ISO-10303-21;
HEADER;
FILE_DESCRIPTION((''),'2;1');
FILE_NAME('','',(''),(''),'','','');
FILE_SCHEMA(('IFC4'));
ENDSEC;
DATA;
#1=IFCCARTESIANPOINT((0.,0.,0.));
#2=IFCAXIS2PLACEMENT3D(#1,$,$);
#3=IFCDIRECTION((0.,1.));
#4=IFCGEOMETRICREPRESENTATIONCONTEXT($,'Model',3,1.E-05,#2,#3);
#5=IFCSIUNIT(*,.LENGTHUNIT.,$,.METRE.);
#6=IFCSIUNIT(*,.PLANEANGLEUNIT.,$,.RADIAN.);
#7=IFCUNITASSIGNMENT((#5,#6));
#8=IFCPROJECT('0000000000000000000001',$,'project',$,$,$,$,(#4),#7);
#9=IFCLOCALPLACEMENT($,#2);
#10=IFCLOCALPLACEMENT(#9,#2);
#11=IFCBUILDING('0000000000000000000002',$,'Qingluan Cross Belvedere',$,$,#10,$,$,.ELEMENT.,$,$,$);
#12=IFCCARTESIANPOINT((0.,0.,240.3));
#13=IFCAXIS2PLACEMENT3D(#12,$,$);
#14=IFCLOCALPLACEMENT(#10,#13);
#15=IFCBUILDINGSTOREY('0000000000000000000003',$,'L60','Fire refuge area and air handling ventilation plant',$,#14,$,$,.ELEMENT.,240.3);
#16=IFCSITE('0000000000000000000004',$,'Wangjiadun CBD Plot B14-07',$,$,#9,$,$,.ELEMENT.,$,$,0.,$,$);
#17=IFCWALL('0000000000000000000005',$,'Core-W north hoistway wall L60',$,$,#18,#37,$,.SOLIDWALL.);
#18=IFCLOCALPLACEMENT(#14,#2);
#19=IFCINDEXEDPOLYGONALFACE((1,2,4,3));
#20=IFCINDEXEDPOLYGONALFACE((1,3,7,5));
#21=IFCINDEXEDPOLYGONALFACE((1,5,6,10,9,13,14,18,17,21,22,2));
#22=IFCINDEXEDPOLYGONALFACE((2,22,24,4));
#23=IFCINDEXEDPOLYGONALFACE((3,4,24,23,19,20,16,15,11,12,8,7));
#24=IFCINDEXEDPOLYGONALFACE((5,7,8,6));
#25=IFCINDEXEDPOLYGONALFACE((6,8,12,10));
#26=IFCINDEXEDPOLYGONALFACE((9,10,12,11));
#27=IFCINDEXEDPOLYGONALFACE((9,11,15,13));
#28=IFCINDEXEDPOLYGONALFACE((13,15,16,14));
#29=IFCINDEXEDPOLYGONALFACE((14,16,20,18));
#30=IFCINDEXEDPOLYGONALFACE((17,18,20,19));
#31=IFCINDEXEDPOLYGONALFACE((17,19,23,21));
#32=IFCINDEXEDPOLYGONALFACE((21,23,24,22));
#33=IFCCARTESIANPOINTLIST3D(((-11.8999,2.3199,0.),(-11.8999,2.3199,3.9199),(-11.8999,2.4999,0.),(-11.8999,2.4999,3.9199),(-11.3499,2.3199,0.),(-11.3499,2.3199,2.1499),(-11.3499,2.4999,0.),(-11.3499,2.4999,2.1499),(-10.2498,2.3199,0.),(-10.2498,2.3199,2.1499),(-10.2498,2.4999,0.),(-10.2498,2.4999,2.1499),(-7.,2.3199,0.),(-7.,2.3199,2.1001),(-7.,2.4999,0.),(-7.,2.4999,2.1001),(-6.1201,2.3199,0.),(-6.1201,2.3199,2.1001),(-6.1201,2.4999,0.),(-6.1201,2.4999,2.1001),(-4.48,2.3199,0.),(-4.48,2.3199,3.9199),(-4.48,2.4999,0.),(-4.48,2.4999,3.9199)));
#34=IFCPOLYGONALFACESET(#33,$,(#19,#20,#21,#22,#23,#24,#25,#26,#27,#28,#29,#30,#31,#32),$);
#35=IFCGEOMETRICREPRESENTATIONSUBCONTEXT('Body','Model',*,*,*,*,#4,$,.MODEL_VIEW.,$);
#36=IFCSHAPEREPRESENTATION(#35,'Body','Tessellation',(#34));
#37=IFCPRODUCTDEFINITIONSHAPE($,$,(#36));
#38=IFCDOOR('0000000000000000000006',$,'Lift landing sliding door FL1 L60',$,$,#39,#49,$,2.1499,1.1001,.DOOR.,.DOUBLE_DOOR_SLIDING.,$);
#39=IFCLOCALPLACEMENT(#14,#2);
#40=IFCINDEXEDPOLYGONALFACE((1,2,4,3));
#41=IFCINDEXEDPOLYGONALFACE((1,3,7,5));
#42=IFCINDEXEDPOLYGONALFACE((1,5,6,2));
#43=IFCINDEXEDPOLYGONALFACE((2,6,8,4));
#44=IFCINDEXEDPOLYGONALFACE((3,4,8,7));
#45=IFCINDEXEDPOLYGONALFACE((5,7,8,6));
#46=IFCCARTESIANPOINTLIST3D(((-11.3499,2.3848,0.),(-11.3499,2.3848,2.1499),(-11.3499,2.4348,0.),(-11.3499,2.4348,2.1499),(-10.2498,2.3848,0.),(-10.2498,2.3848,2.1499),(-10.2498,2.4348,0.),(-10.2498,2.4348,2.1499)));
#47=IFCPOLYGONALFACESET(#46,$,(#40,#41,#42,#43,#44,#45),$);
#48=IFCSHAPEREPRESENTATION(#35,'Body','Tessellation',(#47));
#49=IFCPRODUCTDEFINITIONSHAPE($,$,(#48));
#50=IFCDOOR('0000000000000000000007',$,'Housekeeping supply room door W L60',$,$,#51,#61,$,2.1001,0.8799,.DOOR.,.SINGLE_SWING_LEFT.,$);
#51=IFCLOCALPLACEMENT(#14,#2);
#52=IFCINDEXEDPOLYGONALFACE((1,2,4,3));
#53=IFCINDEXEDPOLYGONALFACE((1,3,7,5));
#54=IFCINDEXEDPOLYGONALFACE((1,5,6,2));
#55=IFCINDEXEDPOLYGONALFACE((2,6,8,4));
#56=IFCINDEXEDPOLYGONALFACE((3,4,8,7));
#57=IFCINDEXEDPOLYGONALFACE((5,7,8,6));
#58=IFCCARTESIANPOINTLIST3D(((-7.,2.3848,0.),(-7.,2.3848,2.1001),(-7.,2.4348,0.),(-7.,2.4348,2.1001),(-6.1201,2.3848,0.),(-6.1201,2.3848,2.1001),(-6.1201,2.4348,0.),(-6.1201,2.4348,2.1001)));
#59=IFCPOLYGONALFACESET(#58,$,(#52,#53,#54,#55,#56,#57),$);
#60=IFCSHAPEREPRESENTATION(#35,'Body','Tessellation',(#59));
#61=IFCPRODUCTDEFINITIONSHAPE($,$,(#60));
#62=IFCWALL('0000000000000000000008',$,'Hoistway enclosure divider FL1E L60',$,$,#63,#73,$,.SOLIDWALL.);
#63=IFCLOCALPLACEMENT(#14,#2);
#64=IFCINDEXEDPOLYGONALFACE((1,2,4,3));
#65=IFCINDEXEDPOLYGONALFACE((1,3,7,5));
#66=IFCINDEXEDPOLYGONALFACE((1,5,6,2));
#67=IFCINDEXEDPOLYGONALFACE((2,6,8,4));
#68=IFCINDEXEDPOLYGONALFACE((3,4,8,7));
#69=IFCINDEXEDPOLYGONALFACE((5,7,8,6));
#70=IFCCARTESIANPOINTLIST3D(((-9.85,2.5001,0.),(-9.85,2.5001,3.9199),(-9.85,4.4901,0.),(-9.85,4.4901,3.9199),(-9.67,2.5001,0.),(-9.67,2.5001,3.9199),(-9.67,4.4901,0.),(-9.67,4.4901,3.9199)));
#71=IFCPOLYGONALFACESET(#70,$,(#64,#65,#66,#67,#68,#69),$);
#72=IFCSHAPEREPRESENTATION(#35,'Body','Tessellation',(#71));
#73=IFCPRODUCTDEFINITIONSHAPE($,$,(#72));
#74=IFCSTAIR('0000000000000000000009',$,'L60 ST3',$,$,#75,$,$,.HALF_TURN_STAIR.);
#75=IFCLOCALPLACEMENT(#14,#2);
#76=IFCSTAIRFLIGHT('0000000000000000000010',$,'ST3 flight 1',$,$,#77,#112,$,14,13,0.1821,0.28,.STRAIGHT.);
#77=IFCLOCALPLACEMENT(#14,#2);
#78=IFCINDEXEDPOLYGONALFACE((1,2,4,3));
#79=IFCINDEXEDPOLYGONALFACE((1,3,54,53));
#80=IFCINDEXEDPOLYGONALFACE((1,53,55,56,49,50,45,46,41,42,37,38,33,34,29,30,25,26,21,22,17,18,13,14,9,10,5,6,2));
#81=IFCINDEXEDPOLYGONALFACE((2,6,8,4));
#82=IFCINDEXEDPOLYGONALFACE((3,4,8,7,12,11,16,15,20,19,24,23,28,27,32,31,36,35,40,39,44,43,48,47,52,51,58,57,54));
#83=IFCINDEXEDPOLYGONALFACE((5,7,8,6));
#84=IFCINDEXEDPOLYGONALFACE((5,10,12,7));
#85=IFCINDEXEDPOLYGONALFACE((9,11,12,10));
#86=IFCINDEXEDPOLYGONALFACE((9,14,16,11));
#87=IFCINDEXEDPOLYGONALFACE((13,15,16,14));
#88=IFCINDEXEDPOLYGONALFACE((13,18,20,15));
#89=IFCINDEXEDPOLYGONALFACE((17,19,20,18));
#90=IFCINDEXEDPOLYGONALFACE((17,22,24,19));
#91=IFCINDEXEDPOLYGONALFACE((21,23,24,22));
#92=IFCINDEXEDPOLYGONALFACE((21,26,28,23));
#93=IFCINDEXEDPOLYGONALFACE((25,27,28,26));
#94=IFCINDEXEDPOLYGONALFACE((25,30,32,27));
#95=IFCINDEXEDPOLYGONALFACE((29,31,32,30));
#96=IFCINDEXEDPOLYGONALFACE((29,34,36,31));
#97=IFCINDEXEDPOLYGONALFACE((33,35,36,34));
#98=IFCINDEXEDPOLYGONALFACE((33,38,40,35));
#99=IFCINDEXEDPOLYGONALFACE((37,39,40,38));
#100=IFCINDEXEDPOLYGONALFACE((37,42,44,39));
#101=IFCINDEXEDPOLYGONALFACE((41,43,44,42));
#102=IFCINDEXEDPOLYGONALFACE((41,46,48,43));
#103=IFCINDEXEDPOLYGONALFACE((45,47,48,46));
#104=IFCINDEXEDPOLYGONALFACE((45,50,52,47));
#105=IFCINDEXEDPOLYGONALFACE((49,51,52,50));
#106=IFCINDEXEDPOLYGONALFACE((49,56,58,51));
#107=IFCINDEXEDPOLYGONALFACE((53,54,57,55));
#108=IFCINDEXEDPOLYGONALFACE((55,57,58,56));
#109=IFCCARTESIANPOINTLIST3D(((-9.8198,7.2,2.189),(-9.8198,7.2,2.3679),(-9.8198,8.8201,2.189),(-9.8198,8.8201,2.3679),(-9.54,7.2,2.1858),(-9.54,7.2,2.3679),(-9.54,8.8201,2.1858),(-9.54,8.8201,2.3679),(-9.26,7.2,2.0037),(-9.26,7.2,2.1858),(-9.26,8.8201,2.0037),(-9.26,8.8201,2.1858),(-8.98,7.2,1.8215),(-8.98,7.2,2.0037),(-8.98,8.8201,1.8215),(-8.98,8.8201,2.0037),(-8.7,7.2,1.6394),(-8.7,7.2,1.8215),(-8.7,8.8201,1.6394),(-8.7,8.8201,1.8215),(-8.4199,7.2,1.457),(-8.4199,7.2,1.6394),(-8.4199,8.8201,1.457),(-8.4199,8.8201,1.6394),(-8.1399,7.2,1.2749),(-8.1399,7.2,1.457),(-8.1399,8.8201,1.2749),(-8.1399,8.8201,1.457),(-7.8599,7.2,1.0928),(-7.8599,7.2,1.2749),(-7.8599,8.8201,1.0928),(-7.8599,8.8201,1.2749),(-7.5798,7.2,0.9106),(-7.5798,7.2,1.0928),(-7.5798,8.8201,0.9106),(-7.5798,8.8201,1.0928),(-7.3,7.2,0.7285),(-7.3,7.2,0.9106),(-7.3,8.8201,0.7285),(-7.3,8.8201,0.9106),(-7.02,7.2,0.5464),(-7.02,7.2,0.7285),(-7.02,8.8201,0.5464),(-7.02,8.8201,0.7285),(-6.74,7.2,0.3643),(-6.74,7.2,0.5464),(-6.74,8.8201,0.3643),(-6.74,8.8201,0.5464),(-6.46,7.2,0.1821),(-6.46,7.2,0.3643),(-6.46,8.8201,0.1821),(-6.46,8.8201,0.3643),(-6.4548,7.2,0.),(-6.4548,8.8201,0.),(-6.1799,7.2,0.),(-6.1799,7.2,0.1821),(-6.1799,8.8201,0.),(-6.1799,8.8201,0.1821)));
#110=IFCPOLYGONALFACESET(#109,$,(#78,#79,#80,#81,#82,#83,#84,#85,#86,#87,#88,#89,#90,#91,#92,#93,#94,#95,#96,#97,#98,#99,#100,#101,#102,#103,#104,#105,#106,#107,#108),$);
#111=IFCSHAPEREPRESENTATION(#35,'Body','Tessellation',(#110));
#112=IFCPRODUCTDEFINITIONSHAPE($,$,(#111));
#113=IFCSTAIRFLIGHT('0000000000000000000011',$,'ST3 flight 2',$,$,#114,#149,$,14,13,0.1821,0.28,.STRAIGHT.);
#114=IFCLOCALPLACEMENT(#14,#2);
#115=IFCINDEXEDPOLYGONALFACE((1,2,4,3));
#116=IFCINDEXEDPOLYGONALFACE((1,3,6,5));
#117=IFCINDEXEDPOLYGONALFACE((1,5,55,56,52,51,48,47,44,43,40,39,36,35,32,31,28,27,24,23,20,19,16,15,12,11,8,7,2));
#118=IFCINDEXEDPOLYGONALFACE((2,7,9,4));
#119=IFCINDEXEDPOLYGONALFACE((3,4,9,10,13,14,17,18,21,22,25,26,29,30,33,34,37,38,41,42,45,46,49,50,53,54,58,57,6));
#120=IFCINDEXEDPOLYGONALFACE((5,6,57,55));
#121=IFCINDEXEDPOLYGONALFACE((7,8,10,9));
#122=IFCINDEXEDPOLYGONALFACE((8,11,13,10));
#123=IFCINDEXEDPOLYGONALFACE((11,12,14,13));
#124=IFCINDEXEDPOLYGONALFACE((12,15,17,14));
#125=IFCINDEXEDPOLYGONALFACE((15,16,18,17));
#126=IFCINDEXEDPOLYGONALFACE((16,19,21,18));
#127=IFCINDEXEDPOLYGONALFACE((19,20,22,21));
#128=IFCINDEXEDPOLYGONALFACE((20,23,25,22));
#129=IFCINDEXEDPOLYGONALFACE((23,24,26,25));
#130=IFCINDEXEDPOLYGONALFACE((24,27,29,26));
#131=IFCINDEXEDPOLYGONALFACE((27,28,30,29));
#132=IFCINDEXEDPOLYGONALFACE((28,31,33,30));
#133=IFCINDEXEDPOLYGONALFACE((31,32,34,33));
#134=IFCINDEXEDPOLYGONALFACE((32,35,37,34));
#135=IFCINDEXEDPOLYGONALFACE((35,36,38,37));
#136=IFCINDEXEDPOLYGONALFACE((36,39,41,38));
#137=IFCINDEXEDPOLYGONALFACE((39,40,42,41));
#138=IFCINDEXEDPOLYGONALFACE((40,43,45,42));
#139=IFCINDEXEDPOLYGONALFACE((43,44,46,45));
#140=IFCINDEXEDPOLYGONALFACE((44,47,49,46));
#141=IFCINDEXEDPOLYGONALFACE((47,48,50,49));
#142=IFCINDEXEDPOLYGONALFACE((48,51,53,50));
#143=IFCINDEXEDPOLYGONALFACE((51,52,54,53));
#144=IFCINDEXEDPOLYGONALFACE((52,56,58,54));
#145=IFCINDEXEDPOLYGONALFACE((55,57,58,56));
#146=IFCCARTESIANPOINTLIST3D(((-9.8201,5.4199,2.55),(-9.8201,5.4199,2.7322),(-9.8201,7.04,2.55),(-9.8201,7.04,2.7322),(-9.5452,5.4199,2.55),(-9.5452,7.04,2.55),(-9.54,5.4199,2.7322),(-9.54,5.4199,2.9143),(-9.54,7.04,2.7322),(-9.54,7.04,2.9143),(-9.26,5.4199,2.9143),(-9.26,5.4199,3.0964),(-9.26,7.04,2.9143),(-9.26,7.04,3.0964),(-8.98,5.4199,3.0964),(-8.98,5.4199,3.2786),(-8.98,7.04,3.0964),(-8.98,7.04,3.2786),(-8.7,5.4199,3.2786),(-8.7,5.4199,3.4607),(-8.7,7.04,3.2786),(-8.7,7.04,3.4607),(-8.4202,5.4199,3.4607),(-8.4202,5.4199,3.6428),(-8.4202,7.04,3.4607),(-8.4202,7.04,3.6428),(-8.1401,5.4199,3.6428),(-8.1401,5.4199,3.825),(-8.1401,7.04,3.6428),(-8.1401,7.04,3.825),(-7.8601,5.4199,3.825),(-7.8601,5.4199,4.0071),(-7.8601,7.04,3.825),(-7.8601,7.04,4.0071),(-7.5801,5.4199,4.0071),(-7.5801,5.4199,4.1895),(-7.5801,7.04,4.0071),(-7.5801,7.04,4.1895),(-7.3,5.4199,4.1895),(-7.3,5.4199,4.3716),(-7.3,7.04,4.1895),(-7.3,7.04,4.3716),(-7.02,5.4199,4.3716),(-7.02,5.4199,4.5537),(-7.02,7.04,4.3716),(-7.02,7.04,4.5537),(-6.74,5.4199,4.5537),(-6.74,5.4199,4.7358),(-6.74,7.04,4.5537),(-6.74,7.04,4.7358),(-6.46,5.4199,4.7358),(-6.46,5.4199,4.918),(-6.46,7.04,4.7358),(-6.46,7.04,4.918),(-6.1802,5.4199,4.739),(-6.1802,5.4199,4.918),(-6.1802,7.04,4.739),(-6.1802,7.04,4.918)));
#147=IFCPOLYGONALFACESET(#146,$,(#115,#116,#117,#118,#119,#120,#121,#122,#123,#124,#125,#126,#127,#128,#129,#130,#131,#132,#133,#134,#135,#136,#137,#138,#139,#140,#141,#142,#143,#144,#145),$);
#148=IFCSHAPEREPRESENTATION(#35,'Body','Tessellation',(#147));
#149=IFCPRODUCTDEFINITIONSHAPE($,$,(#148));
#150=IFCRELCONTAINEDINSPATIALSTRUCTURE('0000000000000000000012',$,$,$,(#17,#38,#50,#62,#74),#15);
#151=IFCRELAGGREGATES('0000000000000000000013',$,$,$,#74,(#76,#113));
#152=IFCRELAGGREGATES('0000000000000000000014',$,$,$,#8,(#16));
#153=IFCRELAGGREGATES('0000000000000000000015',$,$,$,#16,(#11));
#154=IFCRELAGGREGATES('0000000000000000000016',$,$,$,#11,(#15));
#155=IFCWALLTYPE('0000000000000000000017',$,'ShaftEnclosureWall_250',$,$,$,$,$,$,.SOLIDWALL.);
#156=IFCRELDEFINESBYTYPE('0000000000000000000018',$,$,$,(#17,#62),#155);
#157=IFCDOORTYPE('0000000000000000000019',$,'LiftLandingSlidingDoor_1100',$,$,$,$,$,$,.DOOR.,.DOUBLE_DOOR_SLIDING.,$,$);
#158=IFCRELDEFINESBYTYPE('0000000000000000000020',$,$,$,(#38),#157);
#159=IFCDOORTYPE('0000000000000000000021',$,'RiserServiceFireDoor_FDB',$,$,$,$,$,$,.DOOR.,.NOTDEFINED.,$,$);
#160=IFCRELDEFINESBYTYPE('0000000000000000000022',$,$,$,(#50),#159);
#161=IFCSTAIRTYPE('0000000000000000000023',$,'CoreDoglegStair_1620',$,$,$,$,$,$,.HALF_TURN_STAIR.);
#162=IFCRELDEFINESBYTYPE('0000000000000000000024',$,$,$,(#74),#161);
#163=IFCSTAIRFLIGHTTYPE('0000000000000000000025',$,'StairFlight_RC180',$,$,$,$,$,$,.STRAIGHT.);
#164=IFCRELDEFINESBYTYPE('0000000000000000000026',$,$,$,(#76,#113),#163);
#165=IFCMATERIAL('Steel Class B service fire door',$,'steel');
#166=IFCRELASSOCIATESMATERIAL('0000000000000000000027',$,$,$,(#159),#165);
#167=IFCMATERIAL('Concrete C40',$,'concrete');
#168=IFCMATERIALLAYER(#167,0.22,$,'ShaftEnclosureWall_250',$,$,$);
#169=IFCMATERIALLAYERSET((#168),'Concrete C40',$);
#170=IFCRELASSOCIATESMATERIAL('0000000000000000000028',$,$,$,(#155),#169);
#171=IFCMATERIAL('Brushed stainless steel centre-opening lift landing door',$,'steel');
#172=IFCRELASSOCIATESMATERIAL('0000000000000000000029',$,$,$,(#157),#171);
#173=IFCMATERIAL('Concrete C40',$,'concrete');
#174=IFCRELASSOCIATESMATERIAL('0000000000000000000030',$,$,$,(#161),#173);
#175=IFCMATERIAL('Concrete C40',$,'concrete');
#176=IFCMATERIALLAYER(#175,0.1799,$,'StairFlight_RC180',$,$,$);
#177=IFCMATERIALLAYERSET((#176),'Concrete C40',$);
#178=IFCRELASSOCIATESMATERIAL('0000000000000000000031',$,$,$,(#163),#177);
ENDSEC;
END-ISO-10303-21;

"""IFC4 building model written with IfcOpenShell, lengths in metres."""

from ifc_helpers import new_model, si_unit, direction, frame, frame_2d, origin, place, context, subcontext, project, spatial, polyline, rectangle, outline, extrude, material, layer, layer_set, type_object, element, fill, aggregate, save


model = new_model("IFC4")

# Units and contexts
model_context = context("Model", 3, precision=1e-05, world=origin(), true_north=direction((0.0, 1.0)))
body_context = subcontext(model_context, "Body", "Model", "MODEL_VIEW")
ifc_project = project(units=[si_unit("LENGTHUNIT", "METRE"), si_unit("PLANEANGLEUNIT", "RADIAN")], contexts=[model_context])

# Site, building, storey
site_placement = place(None, origin())
site = spatial("IfcSite", under=ifc_project, at=site_placement, Name="Wangjiadun CBD Plot B14-07", CompositionType="ELEMENT", RefElevation=0.0)
building_placement = place(site_placement, origin())
building = spatial("IfcBuilding", under=site, at=building_placement, Name="Qingluan Cross Belvedere", CompositionType="ELEMENT")
storey_placement = place(building_placement, frame((0.0, 0.0, 240.3)))
storey = spatial("IfcBuildingStorey", under=building, at=storey_placement, Name="L60", Description="Fire refuge area and air handling ventilation plant", CompositionType="ELEMENT", Elevation=240.3)

# Shared definitions
ifc_material_1 = material(Name="Steel Class B service fire door", Category="steel")
door_type_1 = type_object("IfcDoorType", Name="RiserServiceFireDoor_FDB", OperationType="NOTDEFINED", PredefinedType="DOOR", material=ifc_material_1)

# Wall, openings, doors
ifc_material_2 = material(Name="Concrete C40", Category="concrete")
ifc_layer_1 = layer(ifc_material_2, 0.22, Name="ShaftEnclosureWall_250")
ifc_layer_set_1 = layer_set([ifc_layer_1], Name="Concrete C40")
wall_type_1 = type_object("IfcWallType", Name="ShaftEnclosureWall_250", PredefinedType="SOLIDWALL", material=ifc_layer_set_1)
wall_1_placement = place(storey_placement, frame((-11.8999, 2.4099, 0.0), z_axis=(0.0, 0.0, 1.0), x_axis=(1.0, 0.0, 0.0)))
wall_1 = element("IfcWall", 1, at=wall_1_placement, inside=storey, type_object=wall_type_1, Name="Core-W north hoistway wall L60", PredefinedType="SOLIDWALL", context=body_context, shape_type="SweptSolid", body=[
    extrude(rectangle(XDim=7.4199, YDim=0.1799, at=frame_2d((3.71, 0.0))), origin(), (0.0, 0.0, 1.0), 3.9199),
])
opening_1_placement = place(wall_1_placement, frame((0.55, 0.0, 0.0)))
opening_1 = element("IfcOpeningElement", 2, at=opening_1_placement, cuts=wall_1, PredefinedType="OPENING", context=body_context, shape_type="SweptSolid", body=[
    extrude(rectangle(XDim=1.1001, YDim=2.1499, at=frame_2d((0.55, 1.075))), frame((0.0, 0.0999, 0.0), z_axis=(0.0, -1.0, 0.0), x_axis=(1.0, 0.0, 0.0)), (0.0, 0.0, 1.0), 0.2),
])
opening_2_placement = place(wall_1_placement, frame((4.8999, 0.0, 0.0)))
opening_2 = element("IfcOpeningElement", 3, at=opening_2_placement, cuts=wall_1, PredefinedType="OPENING", context=body_context, shape_type="SweptSolid", body=[
    extrude(rectangle(XDim=0.8799, YDim=2.1001, at=frame_2d((0.4399, 1.05))), frame((0.0, 0.0999, 0.0), z_axis=(0.0, -1.0, 0.0), x_axis=(1.0, 0.0, 0.0)), (0.0, 0.0, 1.0), 0.2),
])
ifc_material_3 = material(Name="Brushed stainless steel centre-opening lift landing door", Category="steel")
door_type_2 = type_object("IfcDoorType", Name="LiftLandingSlidingDoor_1100", OperationType="DOUBLE_DOOR_SLIDING", PredefinedType="DOOR", material=ifc_material_3)
door_1_placement = place(opening_1_placement, origin())
door_1 = element("IfcDoor", 4, at=door_1_placement, inside=storey, type_object=door_type_2, Name="Lift landing sliding door FL1 L60", OperationType="DOUBLE_DOOR_SLIDING", OverallHeight=2.1499, OverallWidth=1.1001, PredefinedType="DOOR", context=body_context, shape_type="SweptSolid", body=[
    extrude(rectangle(XDim=1.1001, YDim=2.1499, at=frame_2d((0.55, 1.075))), frame((0.0, 0.0249, 0.0), z_axis=(0.0, -1.0, 0.0), x_axis=(1.0, 0.0, 0.0)), (0.0, 0.0, 1.0), 0.05),
])
fill(opening_1, door_1)
door_2_placement = place(opening_2_placement, origin())
door_2 = element("IfcDoor", 5, at=door_2_placement, inside=storey, type_object=door_type_1, Name="Housekeeping supply room door W L60", OperationType="SINGLE_SWING_LEFT", OverallHeight=2.1001, OverallWidth=0.8799, PredefinedType="DOOR", context=body_context, shape_type="SweptSolid", body=[
    extrude(rectangle(XDim=0.8799, YDim=2.1001, at=frame_2d((0.4399, 1.05))), frame((0.0, 0.0249, 0.0), z_axis=(0.0, -1.0, 0.0), x_axis=(1.0, 0.0, 0.0)), (0.0, 0.0, 1.0), 0.05),
])
fill(opening_2, door_2)

# Wall
wall_2_placement = place(storey_placement, frame((-9.76, 2.5, 0.0), z_axis=(0.0, 0.0, 1.0), x_axis=(0.0, 1.0, 0.0)))
element("IfcWall", 6, at=wall_2_placement, inside=storey, type_object=wall_type_1, Name="Hoistway enclosure divider FL1E L60", PredefinedType="SOLIDWALL", context=body_context, shape_type="SweptSolid", body=[
    extrude(rectangle(XDim=1.99, YDim=0.1799, at=frame_2d((0.9951, 0.0))), origin(), (0.0, 0.0, 1.0), 3.9199),
])

# Stair, stair flights
ifc_material_4 = material(Name="Concrete C40", Category="concrete")
stair_type = type_object("IfcStairType", Name="CoreDoglegStair_1620", PredefinedType="HALF_TURN_STAIR", material=ifc_material_4)
stair_placement = place(storey_placement, origin())
stair = element("IfcStair", 7, at=stair_placement, inside=storey, type_object=stair_type, Name="L60 ST3", PredefinedType="HALF_TURN_STAIR")
ifc_material_5 = material(Name="Concrete C40", Category="concrete")
ifc_layer_2 = layer(ifc_material_5, 0.1799, Name="StairFlight_RC180")
ifc_layer_set_2 = layer_set([ifc_layer_2], Name="Concrete C40")
stair_flight_type = type_object("IfcStairFlightType", Name="StairFlight_RC180", PredefinedType="STRAIGHT", material=ifc_layer_set_2)
stair_flight_1_placement = place(storey_placement, frame((-6.1799, 8.01, 0.0), z_axis=(0.0, 0.0, 1.0), x_axis=(-1.0, 0.0, 0.0)))
stair_flight_1 = element("IfcStairFlight", 8, at=stair_flight_1_placement, type_object=stair_flight_type, Name="ST3 flight 1", NumberOfRisers=14, NumberOfTreads=13, PredefinedType="STRAIGHT", RiserHeight=0.1821, TreadLength=0.28, context=body_context, shape_type="SweptSolid", body=[
    extrude(outline(polyline([(0.0, 0.0), (0.0, 0.1821), (0.28, 0.1821), (0.28, 0.3643), (0.5601, 0.3643), (0.5601, 0.5464), (0.8401, 0.5464), (0.8401, 0.7285), (1.1201, 0.7285), (1.1201, 0.9106), (1.3999, 0.9106), (1.3999, 1.0928), (1.6799, 1.0928), (1.6799, 1.2749), (1.96, 1.2749), (1.96, 1.457), (2.24, 1.457), (2.24, 1.6394), (2.52, 1.6394), (2.52, 1.8215), (2.8, 1.8215), (2.8, 2.0037), (3.0801, 2.0037), (3.0801, 2.1858), (3.3601, 2.1858), (3.3601, 2.3679), (3.6399, 2.3679), (3.6399, 2.55), (3.6399, 2.189), (0.2749, 0.0), (0.0, 0.0)])), frame((0.0, 0.8101, 0.0), z_axis=(0.0, -1.0, 0.0), x_axis=(1.0, 0.0, 0.0)), (0.0, 0.0, 1.0), 1.6201),
])
stair_flight_2_placement = place(storey_placement, frame((-9.8201, 6.23, 2.55), z_axis=(0.0, 0.0, 1.0), x_axis=(1.0, 0.0, 0.0)))
stair_flight_2 = element("IfcStairFlight", 9, at=stair_flight_2_placement, type_object=stair_flight_type, Name="ST3 flight 2", NumberOfRisers=14, NumberOfTreads=13, PredefinedType="STRAIGHT", RiserHeight=0.1821, TreadLength=0.28, context=body_context, shape_type="SweptSolid", body=[
    extrude(outline(polyline([(0.0, 0.0), (0.0, 0.1821), (0.28, 0.1821), (0.28, 0.3643), (0.5601, 0.3643), (0.5601, 0.5464), (0.8401, 0.5464), (0.8401, 0.7285), (1.1201, 0.7285), (1.1201, 0.9106), (1.3999, 0.9106), (1.3999, 1.0928), (1.6799, 1.0928), (1.6799, 1.2749), (1.96, 1.2749), (1.96, 1.457), (2.24, 1.457), (2.24, 1.6394), (2.52, 1.6394), (2.52, 1.8215), (2.8, 1.8215), (2.8, 2.0037), (3.0801, 2.0037), (3.0801, 2.1858), (3.3601, 2.1858), (3.3601, 2.3679), (3.6399, 2.3679), (3.6399, 2.55), (3.6399, 2.189), (0.2749, 0.0), (0.0, 0.0)])), frame((0.0, 0.8101, 0.0), z_axis=(0.0, -1.0, 0.0), x_axis=(1.0, 0.0, 0.0)), (0.0, 0.0, 1.0), 1.6201),
])
aggregate(stair, [stair_flight_1, stair_flight_2])

save(model, "model.ifc")
